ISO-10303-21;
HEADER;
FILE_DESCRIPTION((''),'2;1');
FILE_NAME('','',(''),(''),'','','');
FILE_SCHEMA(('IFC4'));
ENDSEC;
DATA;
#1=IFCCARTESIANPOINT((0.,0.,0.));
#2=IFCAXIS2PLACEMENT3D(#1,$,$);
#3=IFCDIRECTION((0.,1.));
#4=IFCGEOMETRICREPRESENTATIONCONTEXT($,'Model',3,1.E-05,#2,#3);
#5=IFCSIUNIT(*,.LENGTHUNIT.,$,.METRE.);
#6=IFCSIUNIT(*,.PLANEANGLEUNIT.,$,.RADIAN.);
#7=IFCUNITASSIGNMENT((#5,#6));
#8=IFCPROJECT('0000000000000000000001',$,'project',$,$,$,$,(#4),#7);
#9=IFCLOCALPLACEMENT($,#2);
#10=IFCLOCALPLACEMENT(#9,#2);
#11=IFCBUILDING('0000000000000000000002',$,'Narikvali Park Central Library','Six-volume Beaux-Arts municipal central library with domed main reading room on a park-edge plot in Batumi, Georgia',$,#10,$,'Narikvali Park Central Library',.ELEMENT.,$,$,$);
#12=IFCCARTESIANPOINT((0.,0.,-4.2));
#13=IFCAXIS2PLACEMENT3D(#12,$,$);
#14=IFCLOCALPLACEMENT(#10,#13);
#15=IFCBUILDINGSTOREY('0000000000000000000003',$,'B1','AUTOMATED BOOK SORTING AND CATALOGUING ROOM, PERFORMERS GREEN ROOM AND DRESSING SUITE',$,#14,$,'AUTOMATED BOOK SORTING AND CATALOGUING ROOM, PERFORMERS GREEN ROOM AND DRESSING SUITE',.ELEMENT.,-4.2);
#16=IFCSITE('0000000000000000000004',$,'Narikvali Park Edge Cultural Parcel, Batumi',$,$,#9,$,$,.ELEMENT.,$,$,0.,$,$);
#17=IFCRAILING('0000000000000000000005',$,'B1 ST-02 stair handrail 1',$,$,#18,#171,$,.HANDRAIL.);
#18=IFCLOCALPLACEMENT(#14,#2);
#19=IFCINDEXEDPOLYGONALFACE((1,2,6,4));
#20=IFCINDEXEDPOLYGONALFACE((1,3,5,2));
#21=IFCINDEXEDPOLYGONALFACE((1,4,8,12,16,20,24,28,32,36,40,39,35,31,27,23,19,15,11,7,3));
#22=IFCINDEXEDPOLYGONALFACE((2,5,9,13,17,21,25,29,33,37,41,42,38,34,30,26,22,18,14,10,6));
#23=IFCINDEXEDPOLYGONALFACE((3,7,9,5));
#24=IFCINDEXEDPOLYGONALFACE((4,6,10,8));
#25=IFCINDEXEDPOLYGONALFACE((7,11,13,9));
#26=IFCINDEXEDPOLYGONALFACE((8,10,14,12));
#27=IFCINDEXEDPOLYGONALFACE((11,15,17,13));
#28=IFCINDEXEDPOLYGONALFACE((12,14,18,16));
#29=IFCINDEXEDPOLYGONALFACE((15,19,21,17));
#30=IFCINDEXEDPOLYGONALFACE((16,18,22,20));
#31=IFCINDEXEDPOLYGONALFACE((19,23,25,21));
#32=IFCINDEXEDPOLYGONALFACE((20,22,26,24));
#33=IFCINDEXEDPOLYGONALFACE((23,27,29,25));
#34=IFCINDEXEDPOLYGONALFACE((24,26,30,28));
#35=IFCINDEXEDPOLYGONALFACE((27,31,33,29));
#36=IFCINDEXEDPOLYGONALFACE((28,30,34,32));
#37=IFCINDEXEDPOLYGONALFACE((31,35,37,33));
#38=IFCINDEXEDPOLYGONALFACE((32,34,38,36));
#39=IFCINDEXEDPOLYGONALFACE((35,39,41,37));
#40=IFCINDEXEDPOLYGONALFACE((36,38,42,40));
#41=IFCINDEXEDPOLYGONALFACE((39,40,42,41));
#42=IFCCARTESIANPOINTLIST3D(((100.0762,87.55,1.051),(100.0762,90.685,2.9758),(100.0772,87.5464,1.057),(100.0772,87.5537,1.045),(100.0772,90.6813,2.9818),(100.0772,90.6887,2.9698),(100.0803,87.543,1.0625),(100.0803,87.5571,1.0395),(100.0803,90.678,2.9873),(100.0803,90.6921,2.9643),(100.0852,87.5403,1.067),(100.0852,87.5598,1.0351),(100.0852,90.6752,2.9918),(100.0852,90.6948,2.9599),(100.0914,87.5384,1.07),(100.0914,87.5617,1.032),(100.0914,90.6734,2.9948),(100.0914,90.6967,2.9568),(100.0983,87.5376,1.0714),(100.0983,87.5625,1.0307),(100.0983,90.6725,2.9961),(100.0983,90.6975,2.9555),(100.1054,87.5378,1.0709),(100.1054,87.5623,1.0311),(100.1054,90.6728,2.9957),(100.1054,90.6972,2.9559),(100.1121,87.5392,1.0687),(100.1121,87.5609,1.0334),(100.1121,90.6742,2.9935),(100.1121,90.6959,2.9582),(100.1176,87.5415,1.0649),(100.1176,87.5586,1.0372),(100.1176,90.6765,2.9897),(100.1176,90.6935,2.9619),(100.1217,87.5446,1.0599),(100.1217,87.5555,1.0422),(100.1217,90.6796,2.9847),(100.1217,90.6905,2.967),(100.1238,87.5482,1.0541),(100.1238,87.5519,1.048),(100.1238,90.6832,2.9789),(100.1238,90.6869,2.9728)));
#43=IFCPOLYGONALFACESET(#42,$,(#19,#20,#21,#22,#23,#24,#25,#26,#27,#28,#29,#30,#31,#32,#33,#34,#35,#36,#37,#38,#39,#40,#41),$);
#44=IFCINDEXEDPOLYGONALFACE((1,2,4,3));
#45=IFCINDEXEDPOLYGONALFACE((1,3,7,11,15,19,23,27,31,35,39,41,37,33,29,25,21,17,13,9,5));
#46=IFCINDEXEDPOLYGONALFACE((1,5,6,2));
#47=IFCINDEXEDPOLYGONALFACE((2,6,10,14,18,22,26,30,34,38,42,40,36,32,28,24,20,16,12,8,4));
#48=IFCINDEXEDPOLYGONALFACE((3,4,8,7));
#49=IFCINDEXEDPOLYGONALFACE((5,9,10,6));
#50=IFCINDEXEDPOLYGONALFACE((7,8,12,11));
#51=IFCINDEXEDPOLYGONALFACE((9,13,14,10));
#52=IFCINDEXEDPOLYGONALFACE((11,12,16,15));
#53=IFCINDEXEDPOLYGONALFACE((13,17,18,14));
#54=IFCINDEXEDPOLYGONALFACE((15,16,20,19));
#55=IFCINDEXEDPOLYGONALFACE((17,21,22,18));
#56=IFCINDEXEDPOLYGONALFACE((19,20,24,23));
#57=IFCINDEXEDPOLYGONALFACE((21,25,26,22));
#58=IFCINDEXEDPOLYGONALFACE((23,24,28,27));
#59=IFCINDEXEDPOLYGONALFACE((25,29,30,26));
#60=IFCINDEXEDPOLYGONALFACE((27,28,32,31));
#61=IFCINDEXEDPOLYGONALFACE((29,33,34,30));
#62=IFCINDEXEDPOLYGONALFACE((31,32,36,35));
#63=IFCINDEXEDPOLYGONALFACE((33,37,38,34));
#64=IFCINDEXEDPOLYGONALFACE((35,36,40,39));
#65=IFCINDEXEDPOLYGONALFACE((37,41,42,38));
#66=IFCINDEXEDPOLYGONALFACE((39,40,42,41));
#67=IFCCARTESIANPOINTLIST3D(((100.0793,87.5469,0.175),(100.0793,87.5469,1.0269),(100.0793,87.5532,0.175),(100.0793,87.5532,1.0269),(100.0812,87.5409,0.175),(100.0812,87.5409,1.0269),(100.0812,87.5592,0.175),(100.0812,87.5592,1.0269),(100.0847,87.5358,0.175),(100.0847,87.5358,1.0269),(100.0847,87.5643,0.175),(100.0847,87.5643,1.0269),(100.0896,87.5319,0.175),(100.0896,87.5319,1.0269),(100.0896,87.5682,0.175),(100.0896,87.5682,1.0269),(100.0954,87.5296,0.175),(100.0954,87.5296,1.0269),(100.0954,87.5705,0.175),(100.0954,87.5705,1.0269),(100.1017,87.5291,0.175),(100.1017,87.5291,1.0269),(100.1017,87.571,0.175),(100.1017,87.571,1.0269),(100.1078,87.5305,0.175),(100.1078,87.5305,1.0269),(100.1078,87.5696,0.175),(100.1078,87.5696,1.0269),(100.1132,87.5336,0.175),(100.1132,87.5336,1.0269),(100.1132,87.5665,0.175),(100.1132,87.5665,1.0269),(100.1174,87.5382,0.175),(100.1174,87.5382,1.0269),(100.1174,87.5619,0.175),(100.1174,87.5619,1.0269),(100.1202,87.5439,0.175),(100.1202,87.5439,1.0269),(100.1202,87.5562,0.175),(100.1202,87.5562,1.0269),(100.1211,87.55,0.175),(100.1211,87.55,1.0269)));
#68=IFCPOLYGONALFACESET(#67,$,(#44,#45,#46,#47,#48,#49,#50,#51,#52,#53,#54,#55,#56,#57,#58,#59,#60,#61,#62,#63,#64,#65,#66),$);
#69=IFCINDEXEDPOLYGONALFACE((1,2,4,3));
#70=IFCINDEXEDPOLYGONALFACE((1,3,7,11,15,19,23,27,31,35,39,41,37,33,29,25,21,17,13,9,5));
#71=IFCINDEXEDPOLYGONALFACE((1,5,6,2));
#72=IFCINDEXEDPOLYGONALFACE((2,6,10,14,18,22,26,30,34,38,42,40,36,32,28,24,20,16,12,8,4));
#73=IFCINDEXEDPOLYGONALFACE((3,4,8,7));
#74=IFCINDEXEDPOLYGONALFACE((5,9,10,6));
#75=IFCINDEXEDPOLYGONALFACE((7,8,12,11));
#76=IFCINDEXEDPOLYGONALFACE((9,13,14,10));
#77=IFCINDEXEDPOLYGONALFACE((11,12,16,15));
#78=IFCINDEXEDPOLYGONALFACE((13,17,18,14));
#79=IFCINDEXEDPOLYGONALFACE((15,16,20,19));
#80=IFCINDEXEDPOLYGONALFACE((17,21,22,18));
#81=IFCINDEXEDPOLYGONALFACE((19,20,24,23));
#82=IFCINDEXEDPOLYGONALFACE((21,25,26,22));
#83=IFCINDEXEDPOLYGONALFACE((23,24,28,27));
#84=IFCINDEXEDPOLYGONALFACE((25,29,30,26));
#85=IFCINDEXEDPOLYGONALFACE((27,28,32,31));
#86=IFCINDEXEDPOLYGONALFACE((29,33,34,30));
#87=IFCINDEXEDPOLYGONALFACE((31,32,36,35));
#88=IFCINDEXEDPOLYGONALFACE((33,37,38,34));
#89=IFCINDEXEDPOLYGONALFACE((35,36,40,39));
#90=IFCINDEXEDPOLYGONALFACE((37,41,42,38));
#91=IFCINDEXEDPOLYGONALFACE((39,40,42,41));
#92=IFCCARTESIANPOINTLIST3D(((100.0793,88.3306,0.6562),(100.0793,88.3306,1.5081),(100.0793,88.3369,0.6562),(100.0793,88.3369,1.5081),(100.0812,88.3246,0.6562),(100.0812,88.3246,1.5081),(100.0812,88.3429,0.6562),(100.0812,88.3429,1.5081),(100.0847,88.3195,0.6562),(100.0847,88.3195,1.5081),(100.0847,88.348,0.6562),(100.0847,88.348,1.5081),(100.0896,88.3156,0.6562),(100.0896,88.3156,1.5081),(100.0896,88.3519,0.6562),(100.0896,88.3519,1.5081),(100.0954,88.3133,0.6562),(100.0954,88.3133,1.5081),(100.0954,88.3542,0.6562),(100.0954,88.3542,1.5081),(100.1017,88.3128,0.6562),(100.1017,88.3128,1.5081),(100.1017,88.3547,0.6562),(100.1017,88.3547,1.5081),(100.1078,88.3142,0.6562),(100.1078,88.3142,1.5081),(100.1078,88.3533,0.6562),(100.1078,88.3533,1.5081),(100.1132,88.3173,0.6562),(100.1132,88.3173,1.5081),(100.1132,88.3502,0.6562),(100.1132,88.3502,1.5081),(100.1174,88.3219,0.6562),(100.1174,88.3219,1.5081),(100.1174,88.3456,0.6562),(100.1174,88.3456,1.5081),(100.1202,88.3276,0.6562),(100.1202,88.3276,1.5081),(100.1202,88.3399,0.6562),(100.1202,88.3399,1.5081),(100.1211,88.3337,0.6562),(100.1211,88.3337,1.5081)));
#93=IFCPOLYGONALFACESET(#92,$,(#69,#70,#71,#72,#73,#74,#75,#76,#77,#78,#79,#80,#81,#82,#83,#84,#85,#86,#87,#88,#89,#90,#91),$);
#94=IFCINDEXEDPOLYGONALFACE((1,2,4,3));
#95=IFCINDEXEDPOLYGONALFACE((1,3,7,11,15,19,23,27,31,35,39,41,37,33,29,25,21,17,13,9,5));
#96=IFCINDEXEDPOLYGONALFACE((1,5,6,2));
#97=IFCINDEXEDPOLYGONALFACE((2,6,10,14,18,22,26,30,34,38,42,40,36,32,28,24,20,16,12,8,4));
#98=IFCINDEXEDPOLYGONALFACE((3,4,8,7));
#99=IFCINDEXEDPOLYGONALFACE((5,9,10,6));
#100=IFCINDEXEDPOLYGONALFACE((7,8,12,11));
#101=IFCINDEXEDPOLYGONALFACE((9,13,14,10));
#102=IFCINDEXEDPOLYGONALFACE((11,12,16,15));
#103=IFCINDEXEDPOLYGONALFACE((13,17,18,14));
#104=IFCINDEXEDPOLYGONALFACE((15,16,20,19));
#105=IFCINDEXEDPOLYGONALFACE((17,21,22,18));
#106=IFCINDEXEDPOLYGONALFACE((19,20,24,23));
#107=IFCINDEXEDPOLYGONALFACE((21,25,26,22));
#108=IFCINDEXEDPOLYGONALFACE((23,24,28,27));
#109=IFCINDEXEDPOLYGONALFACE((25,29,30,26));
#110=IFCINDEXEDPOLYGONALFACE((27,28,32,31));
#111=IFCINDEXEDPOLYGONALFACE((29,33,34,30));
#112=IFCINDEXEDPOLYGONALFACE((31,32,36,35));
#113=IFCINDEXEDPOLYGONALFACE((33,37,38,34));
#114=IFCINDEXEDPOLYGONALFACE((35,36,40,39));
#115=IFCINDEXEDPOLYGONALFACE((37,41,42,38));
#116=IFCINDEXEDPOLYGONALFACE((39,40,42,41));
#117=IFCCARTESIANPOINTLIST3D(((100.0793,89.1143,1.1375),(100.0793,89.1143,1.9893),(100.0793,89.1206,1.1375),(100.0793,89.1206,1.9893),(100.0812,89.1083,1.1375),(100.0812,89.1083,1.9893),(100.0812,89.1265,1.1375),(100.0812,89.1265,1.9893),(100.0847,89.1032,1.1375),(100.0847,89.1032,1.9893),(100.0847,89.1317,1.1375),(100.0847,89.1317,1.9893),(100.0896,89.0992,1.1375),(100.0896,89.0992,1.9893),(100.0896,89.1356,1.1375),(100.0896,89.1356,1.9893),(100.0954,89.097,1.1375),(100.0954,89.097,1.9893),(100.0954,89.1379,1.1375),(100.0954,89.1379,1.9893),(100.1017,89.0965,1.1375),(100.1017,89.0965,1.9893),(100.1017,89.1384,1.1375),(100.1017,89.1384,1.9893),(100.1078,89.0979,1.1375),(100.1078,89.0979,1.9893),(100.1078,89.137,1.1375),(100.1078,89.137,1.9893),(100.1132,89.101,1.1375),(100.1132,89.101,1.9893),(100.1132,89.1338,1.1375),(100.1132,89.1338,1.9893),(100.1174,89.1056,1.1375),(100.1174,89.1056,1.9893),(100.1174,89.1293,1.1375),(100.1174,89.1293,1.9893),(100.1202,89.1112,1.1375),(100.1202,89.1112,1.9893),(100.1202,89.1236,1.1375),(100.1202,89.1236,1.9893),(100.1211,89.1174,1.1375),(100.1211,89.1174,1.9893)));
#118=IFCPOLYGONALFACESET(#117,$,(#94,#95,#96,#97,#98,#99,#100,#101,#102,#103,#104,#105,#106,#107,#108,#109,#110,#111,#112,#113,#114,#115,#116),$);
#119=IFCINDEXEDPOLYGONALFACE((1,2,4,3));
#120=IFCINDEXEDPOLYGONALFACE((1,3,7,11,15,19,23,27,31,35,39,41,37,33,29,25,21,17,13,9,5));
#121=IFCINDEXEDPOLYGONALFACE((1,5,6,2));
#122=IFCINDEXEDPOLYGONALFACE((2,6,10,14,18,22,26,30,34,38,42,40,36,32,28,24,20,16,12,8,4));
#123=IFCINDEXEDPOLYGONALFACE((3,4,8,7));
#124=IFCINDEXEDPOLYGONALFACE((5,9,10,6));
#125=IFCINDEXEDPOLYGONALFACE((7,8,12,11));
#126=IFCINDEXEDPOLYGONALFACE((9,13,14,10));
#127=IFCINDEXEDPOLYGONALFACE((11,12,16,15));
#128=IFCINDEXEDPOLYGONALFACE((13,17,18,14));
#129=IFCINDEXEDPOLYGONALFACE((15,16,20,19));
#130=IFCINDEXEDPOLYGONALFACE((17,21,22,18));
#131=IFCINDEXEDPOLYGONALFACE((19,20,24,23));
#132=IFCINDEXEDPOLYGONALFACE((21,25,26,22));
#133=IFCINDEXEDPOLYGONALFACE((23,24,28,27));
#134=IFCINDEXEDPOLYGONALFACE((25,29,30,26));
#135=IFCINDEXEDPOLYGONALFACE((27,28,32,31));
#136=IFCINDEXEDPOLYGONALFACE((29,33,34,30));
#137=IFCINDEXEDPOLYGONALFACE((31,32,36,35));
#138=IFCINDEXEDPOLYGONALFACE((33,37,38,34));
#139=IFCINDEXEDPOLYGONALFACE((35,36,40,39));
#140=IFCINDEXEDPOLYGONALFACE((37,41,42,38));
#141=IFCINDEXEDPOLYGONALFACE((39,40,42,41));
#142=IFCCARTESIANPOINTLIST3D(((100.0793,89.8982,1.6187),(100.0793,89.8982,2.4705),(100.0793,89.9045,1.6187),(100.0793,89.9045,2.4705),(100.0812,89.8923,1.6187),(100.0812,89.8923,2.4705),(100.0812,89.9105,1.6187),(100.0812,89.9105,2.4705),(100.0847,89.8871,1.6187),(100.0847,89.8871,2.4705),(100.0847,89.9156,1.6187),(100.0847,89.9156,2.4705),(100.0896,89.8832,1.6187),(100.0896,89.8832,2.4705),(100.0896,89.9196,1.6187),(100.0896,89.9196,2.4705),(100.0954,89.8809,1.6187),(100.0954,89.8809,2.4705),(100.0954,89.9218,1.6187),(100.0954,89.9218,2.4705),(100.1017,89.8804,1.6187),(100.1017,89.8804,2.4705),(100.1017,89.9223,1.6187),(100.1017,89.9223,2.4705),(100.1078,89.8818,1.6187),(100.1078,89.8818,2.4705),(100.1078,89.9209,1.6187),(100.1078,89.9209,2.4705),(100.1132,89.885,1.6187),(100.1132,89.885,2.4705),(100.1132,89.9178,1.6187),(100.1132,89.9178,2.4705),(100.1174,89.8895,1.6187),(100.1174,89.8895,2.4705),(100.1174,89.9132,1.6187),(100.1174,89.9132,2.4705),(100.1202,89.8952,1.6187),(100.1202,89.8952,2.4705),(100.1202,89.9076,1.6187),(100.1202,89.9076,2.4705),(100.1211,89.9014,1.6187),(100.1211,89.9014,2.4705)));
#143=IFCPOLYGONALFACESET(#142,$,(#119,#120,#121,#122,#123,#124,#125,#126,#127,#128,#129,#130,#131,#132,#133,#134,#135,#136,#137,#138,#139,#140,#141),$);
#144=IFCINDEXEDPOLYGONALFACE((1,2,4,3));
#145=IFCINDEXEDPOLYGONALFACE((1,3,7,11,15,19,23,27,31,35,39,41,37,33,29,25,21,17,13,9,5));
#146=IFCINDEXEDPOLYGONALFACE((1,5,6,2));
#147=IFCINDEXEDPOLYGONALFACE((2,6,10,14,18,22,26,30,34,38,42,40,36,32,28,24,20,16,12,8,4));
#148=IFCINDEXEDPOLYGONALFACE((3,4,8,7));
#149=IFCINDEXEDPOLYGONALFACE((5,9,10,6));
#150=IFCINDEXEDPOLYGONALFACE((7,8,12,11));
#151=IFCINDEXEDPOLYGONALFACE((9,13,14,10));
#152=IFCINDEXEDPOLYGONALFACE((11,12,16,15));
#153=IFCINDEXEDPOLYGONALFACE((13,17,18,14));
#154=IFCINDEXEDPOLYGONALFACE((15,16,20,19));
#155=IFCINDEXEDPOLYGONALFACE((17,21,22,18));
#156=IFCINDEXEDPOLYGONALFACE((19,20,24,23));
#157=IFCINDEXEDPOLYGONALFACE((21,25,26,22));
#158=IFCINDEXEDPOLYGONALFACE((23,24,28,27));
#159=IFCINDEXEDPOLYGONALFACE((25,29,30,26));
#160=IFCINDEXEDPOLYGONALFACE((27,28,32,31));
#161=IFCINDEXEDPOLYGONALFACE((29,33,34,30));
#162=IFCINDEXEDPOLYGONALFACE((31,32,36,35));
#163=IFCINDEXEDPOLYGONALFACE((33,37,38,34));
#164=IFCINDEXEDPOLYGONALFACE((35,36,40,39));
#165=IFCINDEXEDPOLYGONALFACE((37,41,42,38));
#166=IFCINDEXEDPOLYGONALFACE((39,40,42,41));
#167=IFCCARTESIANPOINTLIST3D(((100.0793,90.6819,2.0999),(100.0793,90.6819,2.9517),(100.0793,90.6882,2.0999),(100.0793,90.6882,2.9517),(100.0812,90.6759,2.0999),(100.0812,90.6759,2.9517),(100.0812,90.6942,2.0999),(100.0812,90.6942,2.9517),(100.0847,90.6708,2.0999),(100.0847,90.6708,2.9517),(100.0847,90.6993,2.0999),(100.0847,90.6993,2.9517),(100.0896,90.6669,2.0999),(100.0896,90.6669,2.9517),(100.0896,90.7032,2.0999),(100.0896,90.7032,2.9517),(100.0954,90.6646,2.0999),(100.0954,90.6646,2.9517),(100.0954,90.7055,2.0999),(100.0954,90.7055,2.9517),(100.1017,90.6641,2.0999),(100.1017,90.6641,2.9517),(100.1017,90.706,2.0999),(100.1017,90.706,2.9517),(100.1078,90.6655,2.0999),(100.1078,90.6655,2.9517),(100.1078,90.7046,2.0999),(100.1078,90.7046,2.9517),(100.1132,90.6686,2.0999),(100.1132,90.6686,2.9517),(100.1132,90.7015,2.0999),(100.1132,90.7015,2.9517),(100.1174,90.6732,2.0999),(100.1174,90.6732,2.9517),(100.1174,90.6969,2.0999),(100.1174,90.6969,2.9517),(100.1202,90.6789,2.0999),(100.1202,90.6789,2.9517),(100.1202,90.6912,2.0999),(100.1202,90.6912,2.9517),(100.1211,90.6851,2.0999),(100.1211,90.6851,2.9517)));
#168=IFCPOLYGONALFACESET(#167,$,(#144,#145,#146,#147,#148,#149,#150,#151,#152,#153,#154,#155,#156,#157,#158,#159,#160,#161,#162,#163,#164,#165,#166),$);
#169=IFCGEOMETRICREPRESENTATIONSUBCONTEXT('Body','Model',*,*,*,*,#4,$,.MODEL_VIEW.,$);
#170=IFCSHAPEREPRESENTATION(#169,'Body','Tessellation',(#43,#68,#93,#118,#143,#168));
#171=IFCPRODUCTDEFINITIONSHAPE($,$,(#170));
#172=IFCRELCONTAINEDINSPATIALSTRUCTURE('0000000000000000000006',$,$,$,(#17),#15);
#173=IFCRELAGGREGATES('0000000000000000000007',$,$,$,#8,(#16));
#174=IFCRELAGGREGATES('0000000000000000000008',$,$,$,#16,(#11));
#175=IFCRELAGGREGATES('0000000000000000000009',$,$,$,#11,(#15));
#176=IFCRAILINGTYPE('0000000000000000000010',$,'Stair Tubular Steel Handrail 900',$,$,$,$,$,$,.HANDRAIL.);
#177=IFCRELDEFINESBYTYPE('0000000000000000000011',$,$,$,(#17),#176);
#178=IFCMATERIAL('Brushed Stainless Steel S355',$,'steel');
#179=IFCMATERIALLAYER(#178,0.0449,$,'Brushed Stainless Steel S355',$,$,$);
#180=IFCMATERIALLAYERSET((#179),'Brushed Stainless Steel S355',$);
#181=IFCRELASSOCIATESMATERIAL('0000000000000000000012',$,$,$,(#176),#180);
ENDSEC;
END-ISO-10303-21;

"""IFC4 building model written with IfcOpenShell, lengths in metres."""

from ifc_helpers import new_model, si_unit, direction, frame, origin, origin_2d, place, context, subcontext, project, spatial, circle, extrude, material, layer, layer_set, type_object, element, save


model = new_model("IFC4")

# Units and contexts
model_context = context("Model", 3, precision=1e-05, world=origin(), true_north=direction((0.0, 1.0)))
body_context = subcontext(model_context, "Body", "Model", "MODEL_VIEW")
ifc_project = project(units=[si_unit("LENGTHUNIT", "METRE"), si_unit("PLANEANGLEUNIT", "RADIAN")], contexts=[model_context])

# Site, building, storey
site_placement = place(None, origin())
site = spatial("IfcSite", under=ifc_project, at=site_placement, Name="Narikvali Park Edge Cultural Parcel, Batumi", CompositionType="ELEMENT", RefElevation=0.0)
building_placement = place(site_placement, origin())
building = spatial("IfcBuilding", under=site, at=building_placement, Name="Narikvali Park Central Library", Description="Six-volume Beaux-Arts municipal central library with domed main reading room on a park-edge plot in Batumi, Georgia", LongName="Narikvali Park Central Library", CompositionType="ELEMENT")
storey_placement = place(building_placement, frame((0.0, 0.0, -4.2)))
storey = spatial("IfcBuildingStorey", under=building, at=storey_placement, Name="B1", Description="AUTOMATED BOOK SORTING AND CATALOGUING ROOM, PERFORMERS GREEN ROOM AND DRESSING SUITE", LongName="AUTOMATED BOOK SORTING AND CATALOGUING ROOM, PERFORMERS GREEN ROOM AND DRESSING SUITE", CompositionType="ELEMENT", Elevation=-4.2)

# Railing
ifc_material_1 = material(Name="Brushed Stainless Steel S355", Category="steel")
ifc_layer_1 = layer(ifc_material_1, 0.0449, Name="Brushed Stainless Steel S355")
ifc_layer_set_1 = layer_set([ifc_layer_1], Name="Brushed Stainless Steel S355")
railing_type_1 = type_object("IfcRailingType", Name="Stair Tubular Steel Handrail 900", PredefinedType="HANDRAIL", material=ifc_layer_set_1)
railing_1_placement = place(storey_placement, frame((100.1001, 87.55, 0.175)))
element("IfcRailing", 1, at=railing_1_placement, inside=storey, type_object=railing_type_1, Name="B1 ST-02 stair handrail 1", PredefinedType="HANDRAIL", context=body_context, shape_type="SweptSolid", body=[
    extrude(circle(Radius=0.0239, at=origin_2d()), frame((0.0, 0.0, 0.876), z_axis=(0.0, 0.852196, 0.523223), x_axis=(-1.0, 0.0, 0.0)), (0.0, 0.0, 1.0), 3.6787),
    extrude(circle(Radius=0.021, at=origin_2d()), origin(), (0.0, 0.0, 1.0), 0.8518),
    extrude(circle(Radius=0.021, at=origin_2d()), frame((0.0, 0.7837, 0.4812)), (0.0, 0.0, 1.0), 0.8518),
    extrude(circle(Radius=0.021, at=origin_2d()), frame((0.0, 1.5674, 0.9624)), (0.0, 0.0, 1.0), 0.8518),
    extrude(circle(Radius=0.021, at=origin_2d()), frame((0.0, 2.3513, 1.4436)), (0.0, 0.0, 1.0), 0.8518),
    extrude(circle(Radius=0.021, at=origin_2d()), frame((0.0, 3.135, 1.9248)), (0.0, 0.0, 1.0), 0.8518),
])

save(model, "model.ifc")
